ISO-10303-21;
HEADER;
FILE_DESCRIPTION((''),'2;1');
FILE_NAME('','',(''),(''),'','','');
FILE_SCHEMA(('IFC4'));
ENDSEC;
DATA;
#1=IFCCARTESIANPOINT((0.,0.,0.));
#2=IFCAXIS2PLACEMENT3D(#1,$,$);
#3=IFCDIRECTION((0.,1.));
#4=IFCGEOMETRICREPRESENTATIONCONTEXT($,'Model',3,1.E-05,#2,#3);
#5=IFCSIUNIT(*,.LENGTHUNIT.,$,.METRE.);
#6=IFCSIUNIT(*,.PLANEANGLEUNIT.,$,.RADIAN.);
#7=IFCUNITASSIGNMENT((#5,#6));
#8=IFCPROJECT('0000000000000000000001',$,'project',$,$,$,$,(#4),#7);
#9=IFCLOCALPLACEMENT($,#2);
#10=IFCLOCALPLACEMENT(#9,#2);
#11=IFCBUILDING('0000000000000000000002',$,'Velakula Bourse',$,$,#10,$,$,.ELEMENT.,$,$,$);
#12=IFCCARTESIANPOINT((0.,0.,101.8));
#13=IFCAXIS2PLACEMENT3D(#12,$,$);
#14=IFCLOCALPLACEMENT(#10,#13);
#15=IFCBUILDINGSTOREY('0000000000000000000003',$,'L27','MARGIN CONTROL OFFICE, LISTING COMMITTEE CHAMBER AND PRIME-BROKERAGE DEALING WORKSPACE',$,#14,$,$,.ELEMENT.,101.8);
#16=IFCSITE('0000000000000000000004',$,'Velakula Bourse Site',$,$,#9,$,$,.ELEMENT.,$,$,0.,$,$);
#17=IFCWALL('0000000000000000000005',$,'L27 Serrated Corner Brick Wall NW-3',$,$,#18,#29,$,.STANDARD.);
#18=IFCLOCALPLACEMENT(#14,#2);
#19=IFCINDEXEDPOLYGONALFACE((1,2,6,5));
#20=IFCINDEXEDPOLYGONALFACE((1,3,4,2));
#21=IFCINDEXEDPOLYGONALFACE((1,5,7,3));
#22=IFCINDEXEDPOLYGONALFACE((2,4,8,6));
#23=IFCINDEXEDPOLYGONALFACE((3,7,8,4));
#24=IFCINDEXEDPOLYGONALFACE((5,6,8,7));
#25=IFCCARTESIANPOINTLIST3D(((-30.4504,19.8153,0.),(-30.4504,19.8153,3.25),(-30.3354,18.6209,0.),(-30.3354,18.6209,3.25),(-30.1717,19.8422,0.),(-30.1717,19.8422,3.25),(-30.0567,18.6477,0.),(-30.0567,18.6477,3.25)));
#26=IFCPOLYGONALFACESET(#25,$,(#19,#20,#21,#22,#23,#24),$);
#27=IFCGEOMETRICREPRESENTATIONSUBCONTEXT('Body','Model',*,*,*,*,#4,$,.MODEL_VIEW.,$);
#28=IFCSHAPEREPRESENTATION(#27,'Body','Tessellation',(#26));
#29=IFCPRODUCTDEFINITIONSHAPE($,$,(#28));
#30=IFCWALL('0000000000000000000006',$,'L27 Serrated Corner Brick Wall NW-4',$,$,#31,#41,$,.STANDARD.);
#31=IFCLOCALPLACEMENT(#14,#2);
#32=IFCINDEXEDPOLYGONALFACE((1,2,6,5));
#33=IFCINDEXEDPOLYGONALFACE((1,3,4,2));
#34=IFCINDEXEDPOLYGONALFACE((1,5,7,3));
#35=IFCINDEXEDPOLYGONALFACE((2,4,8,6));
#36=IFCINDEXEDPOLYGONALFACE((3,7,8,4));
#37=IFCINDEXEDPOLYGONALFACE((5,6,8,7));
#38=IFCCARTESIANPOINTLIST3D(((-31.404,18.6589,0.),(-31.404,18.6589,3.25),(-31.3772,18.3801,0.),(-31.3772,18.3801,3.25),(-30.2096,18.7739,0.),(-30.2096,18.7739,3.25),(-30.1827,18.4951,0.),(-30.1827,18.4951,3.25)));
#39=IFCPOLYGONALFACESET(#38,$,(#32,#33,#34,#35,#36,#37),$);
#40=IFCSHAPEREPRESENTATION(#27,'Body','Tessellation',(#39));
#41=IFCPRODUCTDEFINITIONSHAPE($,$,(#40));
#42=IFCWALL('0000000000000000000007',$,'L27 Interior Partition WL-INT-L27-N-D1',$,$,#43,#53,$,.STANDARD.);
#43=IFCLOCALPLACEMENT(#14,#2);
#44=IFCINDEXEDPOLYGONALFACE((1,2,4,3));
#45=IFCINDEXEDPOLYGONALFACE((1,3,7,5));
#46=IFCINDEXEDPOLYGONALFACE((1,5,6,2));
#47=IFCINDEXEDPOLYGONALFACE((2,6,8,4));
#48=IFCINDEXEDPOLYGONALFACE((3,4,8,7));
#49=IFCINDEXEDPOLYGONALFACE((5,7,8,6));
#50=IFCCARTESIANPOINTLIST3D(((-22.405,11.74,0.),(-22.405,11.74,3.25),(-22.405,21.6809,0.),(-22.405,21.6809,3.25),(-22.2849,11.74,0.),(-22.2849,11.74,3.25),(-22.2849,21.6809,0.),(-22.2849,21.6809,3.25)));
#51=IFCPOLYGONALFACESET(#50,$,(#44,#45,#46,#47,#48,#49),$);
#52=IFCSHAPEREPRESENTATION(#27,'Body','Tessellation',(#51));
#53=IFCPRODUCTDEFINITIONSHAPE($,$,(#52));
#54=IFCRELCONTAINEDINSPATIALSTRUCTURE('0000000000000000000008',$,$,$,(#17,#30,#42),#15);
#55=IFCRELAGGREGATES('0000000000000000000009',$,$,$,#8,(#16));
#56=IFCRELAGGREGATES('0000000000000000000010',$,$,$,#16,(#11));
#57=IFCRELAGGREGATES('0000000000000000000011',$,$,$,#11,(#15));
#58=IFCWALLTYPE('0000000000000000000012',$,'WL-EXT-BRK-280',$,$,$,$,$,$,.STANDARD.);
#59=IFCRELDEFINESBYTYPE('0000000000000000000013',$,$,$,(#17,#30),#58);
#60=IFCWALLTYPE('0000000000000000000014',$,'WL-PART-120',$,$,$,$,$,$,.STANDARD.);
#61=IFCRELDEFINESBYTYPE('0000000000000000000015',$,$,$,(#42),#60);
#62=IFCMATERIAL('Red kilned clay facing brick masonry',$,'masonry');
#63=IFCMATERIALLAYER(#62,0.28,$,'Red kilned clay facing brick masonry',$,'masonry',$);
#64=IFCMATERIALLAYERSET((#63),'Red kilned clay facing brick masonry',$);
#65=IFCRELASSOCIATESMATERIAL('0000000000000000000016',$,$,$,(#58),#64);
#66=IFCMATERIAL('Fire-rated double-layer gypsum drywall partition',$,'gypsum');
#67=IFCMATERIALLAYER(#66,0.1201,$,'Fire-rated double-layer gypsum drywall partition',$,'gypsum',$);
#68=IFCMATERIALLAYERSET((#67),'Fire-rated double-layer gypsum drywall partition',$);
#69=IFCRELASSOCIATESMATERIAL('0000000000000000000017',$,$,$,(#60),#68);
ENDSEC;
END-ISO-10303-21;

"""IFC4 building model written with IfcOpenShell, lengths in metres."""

from ifc_helpers import new_model, si_unit, direction, frame, frame_2d, origin, place, context, subcontext, project, spatial, rectangle, extrude, material, layer, layer_set, type_object, element, save


model = new_model("IFC4")

# Units and contexts
model_context = context("Model", 3, precision=1e-05, world=origin(), true_north=direction((0.0, 1.0)))
body_context = subcontext(model_context, "Body", "Model", "MODEL_VIEW")
ifc_project = project(units=[si_unit("LENGTHUNIT", "METRE"), si_unit("PLANEANGLEUNIT", "RADIAN")], contexts=[model_context])

# Site, building, storey
site_placement = place(None, origin())
site = spatial("IfcSite", under=ifc_project, at=site_placement, Name="Velakula Bourse Site", CompositionType="ELEMENT", RefElevation=0.0)
building_placement = place(site_placement, origin())
building = spatial("IfcBuilding", under=site, at=building_placement, Name="Velakula Bourse", CompositionType="ELEMENT")
storey_placement = place(building_placement, frame((0.0, 0.0, 101.8)))
storey = spatial("IfcBuildingStorey", under=building, at=storey_placement, Name="L27", Description="MARGIN CONTROL OFFICE, LISTING COMMITTEE CHAMBER AND PRIME-BROKERAGE DEALING WORKSPACE", CompositionType="ELEMENT", Elevation=101.8)

# Shared definitions
ifc_material_1 = material(Name="Red kilned clay facing brick masonry", Category="masonry")
ifc_layer_1 = layer(ifc_material_1, 0.28, Name="Red kilned clay facing brick masonry", Category="masonry")
ifc_layer_set_1 = layer_set([ifc_layer_1], Name="Red kilned clay facing brick masonry")
wall_type_1 = type_object("IfcWallType", Name="WL-EXT-BRK-280", PredefinedType="STANDARD", material=ifc_layer_set_1)

# Walls
for number, where, z_axis, x_axis, name in (
    (1, (-30.311, 19.8289, 0.0), (0.0, 0.0, 1.0), (0.095836, -0.995397, 0.0), "L27 Serrated Corner Brick Wall NW-3"),
    (2, (-30.196, 18.6345, 0.0), (0.0, 0.0, 1.0), (-0.995397, -0.095836, 0.0), "L27 Serrated Corner Brick Wall NW-4"),
):
    element("IfcWall", number, at=place(storey_placement, frame(where, z_axis=z_axis, x_axis=x_axis)), inside=storey, type_object=wall_type_1, Name=name, PredefinedType="STANDARD", context=body_context, shape_type="SweptSolid", body=[
        extrude(rectangle(XDim=1.2, YDim=0.28, at=frame_2d((0.6001, 0.0))), origin(), (0.0, 0.0, 1.0), 3.25),
    ])
ifc_material_2 = material(Name="Fire-rated double-layer gypsum drywall partition", Category="gypsum")
ifc_layer_2 = layer(ifc_material_2, 0.1201, Name="Fire-rated double-layer gypsum drywall partition", Category="gypsum")
ifc_layer_set_2 = layer_set([ifc_layer_2], Name="Fire-rated double-layer gypsum drywall partition")
wall_type_2 = type_object("IfcWallType", Name="WL-PART-120", PredefinedType="STANDARD", material=ifc_layer_set_2)
wall_1_placement = place(storey_placement, frame((-22.345, 11.74, 0.0), z_axis=(0.0, 0.0, 1.0), x_axis=(0.0, 1.0, 0.0)))
element("IfcWall", 3, at=wall_1_placement, inside=storey, type_object=wall_type_2, Name="L27 Interior Partition WL-INT-L27-N-D1", PredefinedType="STANDARD", context=body_context, shape_type="SweptSolid", body=[
    extrude(rectangle(XDim=9.9409, YDim=0.1201, at=frame_2d((4.9705, 0.0))), origin(), (0.0, 0.0, 1.0), 3.25),
])

save(model, "model.ifc")
